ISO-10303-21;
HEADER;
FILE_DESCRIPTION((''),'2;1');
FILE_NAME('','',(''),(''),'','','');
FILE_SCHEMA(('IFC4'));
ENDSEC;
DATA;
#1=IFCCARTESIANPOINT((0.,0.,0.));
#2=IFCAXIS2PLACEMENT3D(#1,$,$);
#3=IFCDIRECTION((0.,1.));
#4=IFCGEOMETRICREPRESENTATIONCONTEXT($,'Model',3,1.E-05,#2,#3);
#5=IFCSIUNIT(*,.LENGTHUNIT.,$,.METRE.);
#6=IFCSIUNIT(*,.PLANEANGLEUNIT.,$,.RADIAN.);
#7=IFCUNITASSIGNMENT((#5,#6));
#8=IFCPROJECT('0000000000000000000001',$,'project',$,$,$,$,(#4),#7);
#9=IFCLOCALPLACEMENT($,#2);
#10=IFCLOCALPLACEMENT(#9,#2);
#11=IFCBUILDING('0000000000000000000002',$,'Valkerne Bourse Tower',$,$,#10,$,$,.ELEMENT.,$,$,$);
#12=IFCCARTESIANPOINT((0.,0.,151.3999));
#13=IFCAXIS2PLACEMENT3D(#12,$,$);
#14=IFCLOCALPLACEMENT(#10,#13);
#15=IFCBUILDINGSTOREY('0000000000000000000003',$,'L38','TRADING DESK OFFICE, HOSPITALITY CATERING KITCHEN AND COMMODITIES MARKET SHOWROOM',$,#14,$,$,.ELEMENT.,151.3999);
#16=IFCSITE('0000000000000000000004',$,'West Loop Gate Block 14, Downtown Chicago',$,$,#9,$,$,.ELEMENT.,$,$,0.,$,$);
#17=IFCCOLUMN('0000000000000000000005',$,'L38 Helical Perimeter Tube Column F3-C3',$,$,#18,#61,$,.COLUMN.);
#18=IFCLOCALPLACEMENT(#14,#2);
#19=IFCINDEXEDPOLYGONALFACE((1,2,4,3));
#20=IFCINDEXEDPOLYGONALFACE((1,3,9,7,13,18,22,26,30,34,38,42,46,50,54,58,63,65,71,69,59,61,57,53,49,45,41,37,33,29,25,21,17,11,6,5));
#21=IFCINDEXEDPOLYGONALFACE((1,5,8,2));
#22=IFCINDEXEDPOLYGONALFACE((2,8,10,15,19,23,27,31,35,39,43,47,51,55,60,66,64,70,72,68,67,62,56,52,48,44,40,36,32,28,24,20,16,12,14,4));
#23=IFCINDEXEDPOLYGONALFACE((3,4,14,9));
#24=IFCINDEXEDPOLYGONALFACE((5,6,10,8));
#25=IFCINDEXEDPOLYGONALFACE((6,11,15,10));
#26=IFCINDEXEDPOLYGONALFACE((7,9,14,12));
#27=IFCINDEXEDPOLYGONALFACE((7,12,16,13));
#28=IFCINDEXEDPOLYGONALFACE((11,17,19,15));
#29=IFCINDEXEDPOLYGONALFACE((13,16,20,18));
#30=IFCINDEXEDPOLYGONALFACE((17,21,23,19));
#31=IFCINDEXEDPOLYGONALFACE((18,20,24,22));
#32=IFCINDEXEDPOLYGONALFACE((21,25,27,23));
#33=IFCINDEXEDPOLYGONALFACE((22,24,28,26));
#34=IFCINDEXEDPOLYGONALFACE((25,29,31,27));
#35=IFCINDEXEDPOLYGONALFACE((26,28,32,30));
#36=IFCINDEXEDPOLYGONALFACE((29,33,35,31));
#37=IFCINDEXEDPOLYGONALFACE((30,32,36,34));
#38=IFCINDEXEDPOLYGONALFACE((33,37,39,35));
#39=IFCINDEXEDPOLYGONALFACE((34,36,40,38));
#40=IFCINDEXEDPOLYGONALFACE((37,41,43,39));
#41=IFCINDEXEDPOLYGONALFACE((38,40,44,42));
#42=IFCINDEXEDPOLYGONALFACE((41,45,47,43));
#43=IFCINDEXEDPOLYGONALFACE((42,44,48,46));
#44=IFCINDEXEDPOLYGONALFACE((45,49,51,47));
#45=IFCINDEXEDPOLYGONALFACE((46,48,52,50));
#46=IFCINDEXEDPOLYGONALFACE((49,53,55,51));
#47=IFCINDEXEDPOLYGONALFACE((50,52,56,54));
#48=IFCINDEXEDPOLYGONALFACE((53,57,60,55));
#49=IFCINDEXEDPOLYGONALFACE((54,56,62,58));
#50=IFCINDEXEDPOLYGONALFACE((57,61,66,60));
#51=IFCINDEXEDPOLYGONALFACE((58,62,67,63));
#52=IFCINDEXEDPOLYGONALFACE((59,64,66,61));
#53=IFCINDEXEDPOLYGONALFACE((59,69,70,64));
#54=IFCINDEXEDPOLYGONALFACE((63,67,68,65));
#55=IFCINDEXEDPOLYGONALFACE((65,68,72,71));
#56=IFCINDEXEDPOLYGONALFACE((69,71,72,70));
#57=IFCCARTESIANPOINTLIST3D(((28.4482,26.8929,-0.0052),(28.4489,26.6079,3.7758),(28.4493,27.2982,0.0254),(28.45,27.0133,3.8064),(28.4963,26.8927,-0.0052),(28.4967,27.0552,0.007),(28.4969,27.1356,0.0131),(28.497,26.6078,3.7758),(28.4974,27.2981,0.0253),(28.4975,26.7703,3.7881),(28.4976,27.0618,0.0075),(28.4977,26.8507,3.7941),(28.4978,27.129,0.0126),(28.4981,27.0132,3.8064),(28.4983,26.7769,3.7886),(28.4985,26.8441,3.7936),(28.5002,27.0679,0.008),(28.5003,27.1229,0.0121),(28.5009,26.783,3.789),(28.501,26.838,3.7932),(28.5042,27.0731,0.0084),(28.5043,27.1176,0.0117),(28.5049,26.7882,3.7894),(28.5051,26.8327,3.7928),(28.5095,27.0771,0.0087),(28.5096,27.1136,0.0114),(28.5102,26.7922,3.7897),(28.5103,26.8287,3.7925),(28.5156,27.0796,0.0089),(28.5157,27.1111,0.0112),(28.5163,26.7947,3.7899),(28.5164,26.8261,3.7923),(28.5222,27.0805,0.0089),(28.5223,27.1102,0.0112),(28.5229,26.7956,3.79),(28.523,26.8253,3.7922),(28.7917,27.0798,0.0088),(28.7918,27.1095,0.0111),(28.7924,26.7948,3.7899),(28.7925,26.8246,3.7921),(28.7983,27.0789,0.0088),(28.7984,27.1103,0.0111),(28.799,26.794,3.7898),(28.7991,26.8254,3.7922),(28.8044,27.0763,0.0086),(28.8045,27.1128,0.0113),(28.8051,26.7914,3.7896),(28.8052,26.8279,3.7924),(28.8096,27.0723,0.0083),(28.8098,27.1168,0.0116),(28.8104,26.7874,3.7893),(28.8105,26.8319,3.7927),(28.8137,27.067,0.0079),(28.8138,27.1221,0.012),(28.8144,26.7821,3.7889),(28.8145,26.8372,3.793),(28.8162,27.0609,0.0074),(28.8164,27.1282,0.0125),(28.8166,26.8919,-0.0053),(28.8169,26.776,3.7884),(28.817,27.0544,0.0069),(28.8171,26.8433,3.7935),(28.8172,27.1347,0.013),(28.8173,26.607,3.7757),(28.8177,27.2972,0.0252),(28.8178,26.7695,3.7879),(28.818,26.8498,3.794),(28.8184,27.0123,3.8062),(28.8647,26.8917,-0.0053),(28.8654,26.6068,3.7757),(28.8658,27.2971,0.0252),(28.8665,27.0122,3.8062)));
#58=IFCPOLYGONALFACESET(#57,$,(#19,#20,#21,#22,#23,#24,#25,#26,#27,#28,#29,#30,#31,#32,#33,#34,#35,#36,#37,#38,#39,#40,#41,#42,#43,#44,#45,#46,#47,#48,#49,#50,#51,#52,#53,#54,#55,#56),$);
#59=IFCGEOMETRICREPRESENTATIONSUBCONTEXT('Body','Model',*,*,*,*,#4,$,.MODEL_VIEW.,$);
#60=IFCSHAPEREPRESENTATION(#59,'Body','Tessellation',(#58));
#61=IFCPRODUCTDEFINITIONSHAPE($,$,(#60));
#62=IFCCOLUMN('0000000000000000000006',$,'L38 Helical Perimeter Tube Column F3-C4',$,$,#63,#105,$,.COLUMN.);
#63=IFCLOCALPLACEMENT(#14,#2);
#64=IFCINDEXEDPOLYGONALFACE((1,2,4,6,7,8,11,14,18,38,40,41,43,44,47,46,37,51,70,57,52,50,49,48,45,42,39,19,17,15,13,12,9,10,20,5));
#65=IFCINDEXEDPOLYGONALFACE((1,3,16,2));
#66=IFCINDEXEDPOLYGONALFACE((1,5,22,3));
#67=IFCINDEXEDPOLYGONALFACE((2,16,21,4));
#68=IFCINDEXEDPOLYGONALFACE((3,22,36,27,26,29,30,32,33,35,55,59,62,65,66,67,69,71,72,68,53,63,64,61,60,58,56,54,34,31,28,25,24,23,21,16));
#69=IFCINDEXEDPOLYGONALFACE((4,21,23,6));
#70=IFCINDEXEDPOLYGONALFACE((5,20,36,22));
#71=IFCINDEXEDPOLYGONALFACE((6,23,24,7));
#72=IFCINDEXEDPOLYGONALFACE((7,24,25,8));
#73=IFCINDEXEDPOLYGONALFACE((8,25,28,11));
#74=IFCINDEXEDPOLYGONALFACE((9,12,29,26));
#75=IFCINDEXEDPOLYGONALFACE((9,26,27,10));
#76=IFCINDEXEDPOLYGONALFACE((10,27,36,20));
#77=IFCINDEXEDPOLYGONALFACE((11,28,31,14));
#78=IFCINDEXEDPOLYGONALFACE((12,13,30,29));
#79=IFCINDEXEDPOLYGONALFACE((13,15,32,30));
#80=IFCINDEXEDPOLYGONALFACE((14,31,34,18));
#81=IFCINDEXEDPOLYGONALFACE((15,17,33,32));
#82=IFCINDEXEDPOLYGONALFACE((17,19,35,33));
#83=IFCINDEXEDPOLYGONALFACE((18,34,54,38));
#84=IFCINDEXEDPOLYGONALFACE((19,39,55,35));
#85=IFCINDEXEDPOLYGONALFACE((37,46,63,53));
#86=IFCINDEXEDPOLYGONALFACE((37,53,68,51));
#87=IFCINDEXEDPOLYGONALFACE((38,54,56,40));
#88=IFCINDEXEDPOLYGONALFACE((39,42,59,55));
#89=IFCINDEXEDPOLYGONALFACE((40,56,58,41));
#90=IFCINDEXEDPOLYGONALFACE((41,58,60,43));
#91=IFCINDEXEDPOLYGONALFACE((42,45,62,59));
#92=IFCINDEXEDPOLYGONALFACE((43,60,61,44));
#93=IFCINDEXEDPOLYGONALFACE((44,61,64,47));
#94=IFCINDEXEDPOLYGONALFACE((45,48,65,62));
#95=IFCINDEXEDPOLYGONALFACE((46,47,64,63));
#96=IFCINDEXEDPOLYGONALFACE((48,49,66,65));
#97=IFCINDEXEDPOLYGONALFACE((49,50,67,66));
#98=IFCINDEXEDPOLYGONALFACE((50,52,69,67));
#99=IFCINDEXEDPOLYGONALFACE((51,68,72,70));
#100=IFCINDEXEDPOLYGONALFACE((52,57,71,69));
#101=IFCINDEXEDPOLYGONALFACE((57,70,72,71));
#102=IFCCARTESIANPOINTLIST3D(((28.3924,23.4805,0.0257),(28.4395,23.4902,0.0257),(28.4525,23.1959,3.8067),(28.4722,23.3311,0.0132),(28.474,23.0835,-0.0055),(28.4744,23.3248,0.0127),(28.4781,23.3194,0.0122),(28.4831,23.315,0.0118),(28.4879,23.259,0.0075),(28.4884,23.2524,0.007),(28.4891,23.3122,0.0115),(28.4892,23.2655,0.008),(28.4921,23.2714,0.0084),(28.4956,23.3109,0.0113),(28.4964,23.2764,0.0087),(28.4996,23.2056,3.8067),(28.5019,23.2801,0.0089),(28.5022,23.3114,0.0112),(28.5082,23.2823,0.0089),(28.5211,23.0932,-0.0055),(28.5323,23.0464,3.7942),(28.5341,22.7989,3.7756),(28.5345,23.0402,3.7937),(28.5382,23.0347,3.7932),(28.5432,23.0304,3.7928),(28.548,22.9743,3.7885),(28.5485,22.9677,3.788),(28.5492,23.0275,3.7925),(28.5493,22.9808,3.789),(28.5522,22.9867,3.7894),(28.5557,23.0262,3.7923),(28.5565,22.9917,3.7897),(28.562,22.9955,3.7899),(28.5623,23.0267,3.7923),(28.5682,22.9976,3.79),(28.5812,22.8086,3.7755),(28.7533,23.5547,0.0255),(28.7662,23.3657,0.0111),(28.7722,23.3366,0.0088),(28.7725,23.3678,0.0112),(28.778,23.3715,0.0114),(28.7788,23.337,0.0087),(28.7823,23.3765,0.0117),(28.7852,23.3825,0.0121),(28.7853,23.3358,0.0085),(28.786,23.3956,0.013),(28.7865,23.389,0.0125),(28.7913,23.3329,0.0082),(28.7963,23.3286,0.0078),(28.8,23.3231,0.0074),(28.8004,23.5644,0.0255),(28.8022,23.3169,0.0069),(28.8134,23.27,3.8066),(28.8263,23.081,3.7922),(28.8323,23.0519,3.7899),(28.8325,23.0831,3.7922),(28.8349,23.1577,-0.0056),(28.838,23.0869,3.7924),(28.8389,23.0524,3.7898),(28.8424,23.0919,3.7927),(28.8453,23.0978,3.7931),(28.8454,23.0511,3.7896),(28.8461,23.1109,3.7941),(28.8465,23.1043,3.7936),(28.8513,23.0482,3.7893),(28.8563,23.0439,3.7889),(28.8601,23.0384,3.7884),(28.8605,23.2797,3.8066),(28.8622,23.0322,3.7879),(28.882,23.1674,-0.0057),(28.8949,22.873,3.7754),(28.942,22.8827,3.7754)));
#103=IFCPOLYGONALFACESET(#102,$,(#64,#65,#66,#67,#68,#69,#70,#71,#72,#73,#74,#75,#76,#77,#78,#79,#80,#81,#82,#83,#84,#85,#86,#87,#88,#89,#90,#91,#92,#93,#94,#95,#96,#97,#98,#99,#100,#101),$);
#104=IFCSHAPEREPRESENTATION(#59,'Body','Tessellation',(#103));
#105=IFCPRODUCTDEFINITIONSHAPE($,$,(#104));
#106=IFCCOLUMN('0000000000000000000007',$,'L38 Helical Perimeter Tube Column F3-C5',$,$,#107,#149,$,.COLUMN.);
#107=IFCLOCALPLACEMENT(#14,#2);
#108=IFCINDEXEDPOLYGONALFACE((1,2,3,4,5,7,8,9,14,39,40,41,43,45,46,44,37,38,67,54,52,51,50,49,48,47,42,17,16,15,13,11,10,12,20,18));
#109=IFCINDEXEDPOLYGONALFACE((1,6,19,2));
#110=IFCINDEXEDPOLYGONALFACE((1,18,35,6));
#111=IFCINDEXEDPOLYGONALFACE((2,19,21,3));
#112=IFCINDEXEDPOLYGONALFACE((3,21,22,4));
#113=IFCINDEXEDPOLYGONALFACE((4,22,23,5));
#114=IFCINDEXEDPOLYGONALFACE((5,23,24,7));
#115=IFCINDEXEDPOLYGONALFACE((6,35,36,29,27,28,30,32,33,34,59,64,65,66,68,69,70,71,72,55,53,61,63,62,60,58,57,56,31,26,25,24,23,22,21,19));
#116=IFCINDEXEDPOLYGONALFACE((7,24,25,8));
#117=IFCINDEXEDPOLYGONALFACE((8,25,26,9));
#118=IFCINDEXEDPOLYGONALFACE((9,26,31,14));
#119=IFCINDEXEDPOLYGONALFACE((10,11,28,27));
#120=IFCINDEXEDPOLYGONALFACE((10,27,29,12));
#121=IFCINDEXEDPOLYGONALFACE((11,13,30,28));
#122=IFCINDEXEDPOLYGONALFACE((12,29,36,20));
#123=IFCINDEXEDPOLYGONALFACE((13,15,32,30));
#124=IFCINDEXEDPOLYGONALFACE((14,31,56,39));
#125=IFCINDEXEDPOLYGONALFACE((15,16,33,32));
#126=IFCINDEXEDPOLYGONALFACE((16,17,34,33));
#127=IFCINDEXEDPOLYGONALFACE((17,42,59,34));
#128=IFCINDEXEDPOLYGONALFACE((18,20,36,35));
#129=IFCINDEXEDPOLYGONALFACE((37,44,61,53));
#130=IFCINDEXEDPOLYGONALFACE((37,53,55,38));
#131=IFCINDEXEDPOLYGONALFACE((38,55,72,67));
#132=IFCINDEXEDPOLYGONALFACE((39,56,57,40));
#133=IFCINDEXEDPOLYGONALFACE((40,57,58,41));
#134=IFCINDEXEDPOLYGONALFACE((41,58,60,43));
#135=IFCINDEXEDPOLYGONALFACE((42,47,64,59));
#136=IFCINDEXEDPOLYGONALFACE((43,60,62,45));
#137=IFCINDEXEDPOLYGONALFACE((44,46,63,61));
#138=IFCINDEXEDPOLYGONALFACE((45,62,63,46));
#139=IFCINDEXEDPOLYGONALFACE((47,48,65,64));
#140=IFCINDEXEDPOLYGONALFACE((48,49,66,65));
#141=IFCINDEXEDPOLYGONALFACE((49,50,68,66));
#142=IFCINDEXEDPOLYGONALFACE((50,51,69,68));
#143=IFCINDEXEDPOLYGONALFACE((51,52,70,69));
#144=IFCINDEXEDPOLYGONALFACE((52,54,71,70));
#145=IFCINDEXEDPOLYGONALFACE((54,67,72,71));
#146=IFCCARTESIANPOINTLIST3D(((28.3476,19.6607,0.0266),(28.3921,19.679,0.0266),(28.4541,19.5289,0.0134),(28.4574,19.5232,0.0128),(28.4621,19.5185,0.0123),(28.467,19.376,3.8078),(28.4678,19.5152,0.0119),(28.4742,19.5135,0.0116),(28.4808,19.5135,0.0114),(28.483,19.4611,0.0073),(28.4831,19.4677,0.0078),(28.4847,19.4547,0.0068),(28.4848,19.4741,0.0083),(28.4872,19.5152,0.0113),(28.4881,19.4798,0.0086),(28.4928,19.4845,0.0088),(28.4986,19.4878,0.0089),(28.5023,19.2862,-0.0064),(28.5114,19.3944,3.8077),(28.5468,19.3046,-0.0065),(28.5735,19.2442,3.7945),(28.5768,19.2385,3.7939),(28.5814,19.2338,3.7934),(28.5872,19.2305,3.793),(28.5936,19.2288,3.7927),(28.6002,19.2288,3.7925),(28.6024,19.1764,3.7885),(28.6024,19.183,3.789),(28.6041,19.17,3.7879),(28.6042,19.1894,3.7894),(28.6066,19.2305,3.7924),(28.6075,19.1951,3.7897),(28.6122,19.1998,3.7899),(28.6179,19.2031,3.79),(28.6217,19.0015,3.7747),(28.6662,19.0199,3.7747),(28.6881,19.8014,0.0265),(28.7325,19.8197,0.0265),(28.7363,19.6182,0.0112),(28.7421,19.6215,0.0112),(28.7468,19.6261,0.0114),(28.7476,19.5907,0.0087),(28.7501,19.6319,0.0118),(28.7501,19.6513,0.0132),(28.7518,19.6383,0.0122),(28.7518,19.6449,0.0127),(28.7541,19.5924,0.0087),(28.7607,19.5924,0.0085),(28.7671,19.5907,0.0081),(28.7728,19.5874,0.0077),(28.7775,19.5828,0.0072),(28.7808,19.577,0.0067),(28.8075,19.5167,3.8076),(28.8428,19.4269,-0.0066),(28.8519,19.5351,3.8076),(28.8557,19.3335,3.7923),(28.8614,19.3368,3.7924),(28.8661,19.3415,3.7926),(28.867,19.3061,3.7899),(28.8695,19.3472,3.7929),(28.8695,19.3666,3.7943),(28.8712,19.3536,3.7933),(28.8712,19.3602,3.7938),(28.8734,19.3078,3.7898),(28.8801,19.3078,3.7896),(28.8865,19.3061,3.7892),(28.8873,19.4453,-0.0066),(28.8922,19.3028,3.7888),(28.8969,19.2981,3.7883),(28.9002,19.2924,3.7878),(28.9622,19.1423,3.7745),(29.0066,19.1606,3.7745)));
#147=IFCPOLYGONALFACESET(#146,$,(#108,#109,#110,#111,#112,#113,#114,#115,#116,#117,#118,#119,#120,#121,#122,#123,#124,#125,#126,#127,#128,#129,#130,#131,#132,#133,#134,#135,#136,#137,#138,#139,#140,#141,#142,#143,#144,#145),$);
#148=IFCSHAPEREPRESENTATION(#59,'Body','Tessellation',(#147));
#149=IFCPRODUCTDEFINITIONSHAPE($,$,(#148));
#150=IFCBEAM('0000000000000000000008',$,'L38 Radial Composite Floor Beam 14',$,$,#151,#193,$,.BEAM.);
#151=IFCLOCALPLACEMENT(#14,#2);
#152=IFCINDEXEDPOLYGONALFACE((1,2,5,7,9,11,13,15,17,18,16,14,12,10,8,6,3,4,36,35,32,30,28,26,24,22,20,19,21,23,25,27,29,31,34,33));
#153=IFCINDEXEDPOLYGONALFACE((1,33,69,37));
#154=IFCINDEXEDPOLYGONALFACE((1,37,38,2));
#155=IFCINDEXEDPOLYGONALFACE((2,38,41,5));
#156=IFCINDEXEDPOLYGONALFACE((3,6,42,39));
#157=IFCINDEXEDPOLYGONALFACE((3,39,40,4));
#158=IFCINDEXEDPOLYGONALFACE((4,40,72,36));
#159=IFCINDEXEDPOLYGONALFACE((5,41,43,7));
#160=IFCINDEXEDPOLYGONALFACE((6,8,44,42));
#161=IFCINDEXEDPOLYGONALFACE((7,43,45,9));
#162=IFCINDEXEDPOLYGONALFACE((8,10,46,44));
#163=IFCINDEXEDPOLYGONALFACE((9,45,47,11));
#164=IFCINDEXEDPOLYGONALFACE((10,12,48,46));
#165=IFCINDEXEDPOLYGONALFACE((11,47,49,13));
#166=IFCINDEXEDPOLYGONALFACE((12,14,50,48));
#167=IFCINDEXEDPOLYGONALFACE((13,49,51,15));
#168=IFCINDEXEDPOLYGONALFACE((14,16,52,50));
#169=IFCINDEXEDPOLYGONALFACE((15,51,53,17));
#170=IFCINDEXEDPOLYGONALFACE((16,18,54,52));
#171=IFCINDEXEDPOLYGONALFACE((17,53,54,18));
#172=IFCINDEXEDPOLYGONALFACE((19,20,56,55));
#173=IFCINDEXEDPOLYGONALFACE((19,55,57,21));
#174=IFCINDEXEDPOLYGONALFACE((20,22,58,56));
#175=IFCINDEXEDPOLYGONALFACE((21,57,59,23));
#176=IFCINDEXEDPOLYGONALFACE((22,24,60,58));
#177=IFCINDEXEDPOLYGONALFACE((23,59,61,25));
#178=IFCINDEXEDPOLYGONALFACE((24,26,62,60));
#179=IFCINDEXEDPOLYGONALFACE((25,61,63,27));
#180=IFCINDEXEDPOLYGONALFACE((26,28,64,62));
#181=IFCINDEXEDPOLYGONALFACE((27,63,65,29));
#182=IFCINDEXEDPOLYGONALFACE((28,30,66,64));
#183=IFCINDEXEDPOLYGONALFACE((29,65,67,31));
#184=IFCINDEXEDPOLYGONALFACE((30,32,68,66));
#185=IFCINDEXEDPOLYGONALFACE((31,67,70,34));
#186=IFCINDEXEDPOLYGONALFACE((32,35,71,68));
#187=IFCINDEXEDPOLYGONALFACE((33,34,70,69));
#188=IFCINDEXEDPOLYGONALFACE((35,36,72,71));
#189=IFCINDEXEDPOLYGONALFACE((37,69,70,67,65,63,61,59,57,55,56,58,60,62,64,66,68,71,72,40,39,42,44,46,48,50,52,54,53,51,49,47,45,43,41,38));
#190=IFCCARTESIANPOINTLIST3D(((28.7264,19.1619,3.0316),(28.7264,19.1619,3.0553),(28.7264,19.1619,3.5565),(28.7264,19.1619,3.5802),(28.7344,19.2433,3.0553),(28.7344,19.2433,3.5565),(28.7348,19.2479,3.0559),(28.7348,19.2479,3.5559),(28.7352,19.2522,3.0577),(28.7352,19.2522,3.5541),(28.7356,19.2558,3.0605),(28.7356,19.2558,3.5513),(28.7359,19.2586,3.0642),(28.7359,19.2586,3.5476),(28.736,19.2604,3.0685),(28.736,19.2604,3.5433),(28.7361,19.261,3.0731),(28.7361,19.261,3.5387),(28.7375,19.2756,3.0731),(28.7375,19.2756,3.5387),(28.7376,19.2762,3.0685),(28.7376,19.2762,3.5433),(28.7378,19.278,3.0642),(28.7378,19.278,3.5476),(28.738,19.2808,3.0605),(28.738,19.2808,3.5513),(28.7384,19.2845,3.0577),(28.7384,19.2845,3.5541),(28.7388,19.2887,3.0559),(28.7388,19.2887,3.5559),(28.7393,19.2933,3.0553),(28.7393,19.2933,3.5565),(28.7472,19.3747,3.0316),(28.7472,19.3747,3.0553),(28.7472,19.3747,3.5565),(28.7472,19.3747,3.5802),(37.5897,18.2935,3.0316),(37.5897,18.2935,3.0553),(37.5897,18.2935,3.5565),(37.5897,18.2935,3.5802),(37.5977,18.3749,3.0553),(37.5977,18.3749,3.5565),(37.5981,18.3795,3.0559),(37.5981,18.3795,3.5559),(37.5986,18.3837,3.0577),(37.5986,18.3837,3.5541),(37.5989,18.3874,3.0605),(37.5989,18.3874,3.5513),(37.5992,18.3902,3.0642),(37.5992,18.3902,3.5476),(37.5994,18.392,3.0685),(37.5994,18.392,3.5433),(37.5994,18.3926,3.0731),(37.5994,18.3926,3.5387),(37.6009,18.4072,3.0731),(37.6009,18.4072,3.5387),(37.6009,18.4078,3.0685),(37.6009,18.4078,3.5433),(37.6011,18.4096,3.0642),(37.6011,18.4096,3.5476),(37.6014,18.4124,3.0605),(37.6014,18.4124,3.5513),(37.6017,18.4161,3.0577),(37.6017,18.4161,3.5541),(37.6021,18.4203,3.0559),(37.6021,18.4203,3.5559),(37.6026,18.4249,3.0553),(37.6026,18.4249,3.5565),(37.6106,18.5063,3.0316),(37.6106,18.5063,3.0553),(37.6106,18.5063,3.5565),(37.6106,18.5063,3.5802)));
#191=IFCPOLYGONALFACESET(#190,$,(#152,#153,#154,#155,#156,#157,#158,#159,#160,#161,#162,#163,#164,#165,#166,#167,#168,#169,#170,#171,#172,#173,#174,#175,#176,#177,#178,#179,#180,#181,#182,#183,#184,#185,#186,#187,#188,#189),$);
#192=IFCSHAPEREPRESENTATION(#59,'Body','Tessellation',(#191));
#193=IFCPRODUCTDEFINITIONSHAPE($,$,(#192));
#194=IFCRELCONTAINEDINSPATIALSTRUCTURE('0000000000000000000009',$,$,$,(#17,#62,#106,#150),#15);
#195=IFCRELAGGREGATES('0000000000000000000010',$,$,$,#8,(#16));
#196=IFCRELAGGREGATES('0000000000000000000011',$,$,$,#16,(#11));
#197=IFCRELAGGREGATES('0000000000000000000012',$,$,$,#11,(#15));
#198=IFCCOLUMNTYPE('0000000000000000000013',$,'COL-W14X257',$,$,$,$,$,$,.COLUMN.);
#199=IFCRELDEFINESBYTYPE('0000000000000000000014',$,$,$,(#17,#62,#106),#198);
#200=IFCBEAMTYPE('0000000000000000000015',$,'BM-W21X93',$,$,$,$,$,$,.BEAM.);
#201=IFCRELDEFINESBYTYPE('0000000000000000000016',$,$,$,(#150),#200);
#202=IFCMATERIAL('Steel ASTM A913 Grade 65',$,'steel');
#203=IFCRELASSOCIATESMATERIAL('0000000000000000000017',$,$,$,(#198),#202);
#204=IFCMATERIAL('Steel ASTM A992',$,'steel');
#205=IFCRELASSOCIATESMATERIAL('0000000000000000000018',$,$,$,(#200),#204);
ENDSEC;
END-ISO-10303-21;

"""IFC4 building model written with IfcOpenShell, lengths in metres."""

from ifc_helpers import new_model, si_unit, direction, frame, origin, origin_2d, place, context, subcontext, project, spatial, i_section, extrude, material, material_profile, profile_set, type_object, element, save


model = new_model("IFC4")

# Units and contexts
model_context = context("Model", 3, precision=1e-05, world=origin(), true_north=direction((0.0, 1.0)))
body_context = subcontext(model_context, "Body", "Model", "MODEL_VIEW")
ifc_project = project(units=[si_unit("LENGTHUNIT", "METRE"), si_unit("PLANEANGLEUNIT", "RADIAN")], contexts=[model_context])

# Site, building, storey
site_placement = place(None, origin())
site = spatial("IfcSite", under=ifc_project, at=site_placement, Name="West Loop Gate Block 14, Downtown Chicago", CompositionType="ELEMENT", RefElevation=0.0)
building_placement = place(site_placement, origin())
building = spatial("IfcBuilding", under=site, at=building_placement, Name="Valkerne Bourse Tower", CompositionType="ELEMENT")
storey_placement = place(building_placement, frame((0.0, 0.0, 151.3999)))
storey = spatial("IfcBuildingStorey", under=building, at=storey_placement, Name="L38", Description="TRADING DESK OFFICE, HOSPITALITY CATERING KITCHEN AND COMMODITIES MARKET SHOWROOM", CompositionType="ELEMENT", Elevation=151.3999)

# Columns
ifc_material_1 = material(Name="Steel ASTM A913 Grade 65", Category="steel")
ifc_material_profile_1 = material_profile(ifc_material_1, i_section(OverallWidth=0.4065, OverallDepth=0.4165, WebThickness=0.0298, FlangeThickness=0.0481, FilletRadius=0.0254, at=origin_2d()), Name="W14X257")
ifc_profile_set_1 = profile_set([ifc_material_profile_1], Name="Steel ASTM A913 Grade 65")
column_type = type_object("IfcColumnType", Name="COL-W14X257", PredefinedType="COLUMN", material=ifc_profile_set_1)
column_1_placement = place(storey_placement, frame((28.657, 27.095, 0.01), z_axis=(0.000193, -0.07514, 0.997173), x_axis=(-0.002673, -0.997169, -0.07514)))
element("IfcColumn", 1, at=column_1_placement, inside=storey, type_object=column_type, Name="L38 Helical Perimeter Tube Column F3-C3", PredefinedType="COLUMN", context=body_context, shape_type="SweptSolid", body=[
    extrude(i_section(OverallWidth=0.4065, OverallDepth=0.4165, WebThickness=0.0298, FlangeThickness=0.0481, FilletRadius=0.0254, at=origin_2d()), origin(), (0.0, 0.0, 1.0), 3.7917),
])
column_2_placement = place(storey_placement, frame((28.6372, 23.324, 0.01), z_axis=(0.015837, -0.075067, 0.997053), x_axis=(0.200699, -0.976644, -0.076718)))
element("IfcColumn", 2, at=column_2_placement, inside=storey, type_object=column_type, Name="L38 Helical Perimeter Tube Column F3-C4", PredefinedType="COLUMN", context=body_context, shape_type="SweptSolid", body=[
    extrude(i_section(OverallWidth=0.4065, OverallDepth=0.4165, WebThickness=0.0298, FlangeThickness=0.0481, FilletRadius=0.0254, at=origin_2d()), origin(), (0.0, 0.0, 1.0), 3.7922),
])
column_3_placement = place(storey_placement, frame((28.6174, 19.553, 0.01), z_axis=(0.03147, -0.075039, 0.996684), x_axis=(0.380632, -0.92114, -0.08137)))
element("IfcColumn", 3, at=column_3_placement, inside=storey, type_object=column_type, Name="L38 Helical Perimeter Tube Column F3-C5", PredefinedType="COLUMN", context=body_context, shape_type="SweptSolid", body=[
    extrude(i_section(OverallWidth=0.4065, OverallDepth=0.4165, WebThickness=0.0298, FlangeThickness=0.0481, FilletRadius=0.0254, at=origin_2d()), origin(), (0.0, 0.0, 1.0), 3.7937),
])

# Beam
ifc_material_2 = material(Name="Steel ASTM A992", Category="steel")
ifc_material_profile_2 = material_profile(ifc_material_2, i_section(OverallWidth=0.2139, OverallDepth=0.5486, WebThickness=0.0146, FlangeThickness=0.0237, FilletRadius=0.0178, at=origin_2d()), Name="W21X93")
ifc_profile_set_2 = profile_set([ifc_material_profile_2], Name="Steel ASTM A992")
beam_type_1 = type_object("IfcBeamType", Name="BM-W21X93", PredefinedType="BEAM", material=ifc_profile_set_2)
beam_1_placement = place(storey_placement, frame((28.7368, 19.2683, 3.3059), z_axis=(0.995234, -0.097511, 0.0), x_axis=(0.097511, 0.995234, 0.0)))
element("IfcBeam", 4, at=beam_1_placement, inside=storey, type_object=beam_type_1, Name="L38 Radial Composite Floor Beam 14", PredefinedType="BEAM", context=body_context, shape_type="SweptSolid", body=[
    extrude(i_section(OverallWidth=0.2139, OverallDepth=0.5486, WebThickness=0.0146, FlangeThickness=0.0237, FilletRadius=0.0178, at=origin_2d()), origin(), (0.0, 0.0, 1.0), 8.9058),
])

save(model, "model.ifc")
